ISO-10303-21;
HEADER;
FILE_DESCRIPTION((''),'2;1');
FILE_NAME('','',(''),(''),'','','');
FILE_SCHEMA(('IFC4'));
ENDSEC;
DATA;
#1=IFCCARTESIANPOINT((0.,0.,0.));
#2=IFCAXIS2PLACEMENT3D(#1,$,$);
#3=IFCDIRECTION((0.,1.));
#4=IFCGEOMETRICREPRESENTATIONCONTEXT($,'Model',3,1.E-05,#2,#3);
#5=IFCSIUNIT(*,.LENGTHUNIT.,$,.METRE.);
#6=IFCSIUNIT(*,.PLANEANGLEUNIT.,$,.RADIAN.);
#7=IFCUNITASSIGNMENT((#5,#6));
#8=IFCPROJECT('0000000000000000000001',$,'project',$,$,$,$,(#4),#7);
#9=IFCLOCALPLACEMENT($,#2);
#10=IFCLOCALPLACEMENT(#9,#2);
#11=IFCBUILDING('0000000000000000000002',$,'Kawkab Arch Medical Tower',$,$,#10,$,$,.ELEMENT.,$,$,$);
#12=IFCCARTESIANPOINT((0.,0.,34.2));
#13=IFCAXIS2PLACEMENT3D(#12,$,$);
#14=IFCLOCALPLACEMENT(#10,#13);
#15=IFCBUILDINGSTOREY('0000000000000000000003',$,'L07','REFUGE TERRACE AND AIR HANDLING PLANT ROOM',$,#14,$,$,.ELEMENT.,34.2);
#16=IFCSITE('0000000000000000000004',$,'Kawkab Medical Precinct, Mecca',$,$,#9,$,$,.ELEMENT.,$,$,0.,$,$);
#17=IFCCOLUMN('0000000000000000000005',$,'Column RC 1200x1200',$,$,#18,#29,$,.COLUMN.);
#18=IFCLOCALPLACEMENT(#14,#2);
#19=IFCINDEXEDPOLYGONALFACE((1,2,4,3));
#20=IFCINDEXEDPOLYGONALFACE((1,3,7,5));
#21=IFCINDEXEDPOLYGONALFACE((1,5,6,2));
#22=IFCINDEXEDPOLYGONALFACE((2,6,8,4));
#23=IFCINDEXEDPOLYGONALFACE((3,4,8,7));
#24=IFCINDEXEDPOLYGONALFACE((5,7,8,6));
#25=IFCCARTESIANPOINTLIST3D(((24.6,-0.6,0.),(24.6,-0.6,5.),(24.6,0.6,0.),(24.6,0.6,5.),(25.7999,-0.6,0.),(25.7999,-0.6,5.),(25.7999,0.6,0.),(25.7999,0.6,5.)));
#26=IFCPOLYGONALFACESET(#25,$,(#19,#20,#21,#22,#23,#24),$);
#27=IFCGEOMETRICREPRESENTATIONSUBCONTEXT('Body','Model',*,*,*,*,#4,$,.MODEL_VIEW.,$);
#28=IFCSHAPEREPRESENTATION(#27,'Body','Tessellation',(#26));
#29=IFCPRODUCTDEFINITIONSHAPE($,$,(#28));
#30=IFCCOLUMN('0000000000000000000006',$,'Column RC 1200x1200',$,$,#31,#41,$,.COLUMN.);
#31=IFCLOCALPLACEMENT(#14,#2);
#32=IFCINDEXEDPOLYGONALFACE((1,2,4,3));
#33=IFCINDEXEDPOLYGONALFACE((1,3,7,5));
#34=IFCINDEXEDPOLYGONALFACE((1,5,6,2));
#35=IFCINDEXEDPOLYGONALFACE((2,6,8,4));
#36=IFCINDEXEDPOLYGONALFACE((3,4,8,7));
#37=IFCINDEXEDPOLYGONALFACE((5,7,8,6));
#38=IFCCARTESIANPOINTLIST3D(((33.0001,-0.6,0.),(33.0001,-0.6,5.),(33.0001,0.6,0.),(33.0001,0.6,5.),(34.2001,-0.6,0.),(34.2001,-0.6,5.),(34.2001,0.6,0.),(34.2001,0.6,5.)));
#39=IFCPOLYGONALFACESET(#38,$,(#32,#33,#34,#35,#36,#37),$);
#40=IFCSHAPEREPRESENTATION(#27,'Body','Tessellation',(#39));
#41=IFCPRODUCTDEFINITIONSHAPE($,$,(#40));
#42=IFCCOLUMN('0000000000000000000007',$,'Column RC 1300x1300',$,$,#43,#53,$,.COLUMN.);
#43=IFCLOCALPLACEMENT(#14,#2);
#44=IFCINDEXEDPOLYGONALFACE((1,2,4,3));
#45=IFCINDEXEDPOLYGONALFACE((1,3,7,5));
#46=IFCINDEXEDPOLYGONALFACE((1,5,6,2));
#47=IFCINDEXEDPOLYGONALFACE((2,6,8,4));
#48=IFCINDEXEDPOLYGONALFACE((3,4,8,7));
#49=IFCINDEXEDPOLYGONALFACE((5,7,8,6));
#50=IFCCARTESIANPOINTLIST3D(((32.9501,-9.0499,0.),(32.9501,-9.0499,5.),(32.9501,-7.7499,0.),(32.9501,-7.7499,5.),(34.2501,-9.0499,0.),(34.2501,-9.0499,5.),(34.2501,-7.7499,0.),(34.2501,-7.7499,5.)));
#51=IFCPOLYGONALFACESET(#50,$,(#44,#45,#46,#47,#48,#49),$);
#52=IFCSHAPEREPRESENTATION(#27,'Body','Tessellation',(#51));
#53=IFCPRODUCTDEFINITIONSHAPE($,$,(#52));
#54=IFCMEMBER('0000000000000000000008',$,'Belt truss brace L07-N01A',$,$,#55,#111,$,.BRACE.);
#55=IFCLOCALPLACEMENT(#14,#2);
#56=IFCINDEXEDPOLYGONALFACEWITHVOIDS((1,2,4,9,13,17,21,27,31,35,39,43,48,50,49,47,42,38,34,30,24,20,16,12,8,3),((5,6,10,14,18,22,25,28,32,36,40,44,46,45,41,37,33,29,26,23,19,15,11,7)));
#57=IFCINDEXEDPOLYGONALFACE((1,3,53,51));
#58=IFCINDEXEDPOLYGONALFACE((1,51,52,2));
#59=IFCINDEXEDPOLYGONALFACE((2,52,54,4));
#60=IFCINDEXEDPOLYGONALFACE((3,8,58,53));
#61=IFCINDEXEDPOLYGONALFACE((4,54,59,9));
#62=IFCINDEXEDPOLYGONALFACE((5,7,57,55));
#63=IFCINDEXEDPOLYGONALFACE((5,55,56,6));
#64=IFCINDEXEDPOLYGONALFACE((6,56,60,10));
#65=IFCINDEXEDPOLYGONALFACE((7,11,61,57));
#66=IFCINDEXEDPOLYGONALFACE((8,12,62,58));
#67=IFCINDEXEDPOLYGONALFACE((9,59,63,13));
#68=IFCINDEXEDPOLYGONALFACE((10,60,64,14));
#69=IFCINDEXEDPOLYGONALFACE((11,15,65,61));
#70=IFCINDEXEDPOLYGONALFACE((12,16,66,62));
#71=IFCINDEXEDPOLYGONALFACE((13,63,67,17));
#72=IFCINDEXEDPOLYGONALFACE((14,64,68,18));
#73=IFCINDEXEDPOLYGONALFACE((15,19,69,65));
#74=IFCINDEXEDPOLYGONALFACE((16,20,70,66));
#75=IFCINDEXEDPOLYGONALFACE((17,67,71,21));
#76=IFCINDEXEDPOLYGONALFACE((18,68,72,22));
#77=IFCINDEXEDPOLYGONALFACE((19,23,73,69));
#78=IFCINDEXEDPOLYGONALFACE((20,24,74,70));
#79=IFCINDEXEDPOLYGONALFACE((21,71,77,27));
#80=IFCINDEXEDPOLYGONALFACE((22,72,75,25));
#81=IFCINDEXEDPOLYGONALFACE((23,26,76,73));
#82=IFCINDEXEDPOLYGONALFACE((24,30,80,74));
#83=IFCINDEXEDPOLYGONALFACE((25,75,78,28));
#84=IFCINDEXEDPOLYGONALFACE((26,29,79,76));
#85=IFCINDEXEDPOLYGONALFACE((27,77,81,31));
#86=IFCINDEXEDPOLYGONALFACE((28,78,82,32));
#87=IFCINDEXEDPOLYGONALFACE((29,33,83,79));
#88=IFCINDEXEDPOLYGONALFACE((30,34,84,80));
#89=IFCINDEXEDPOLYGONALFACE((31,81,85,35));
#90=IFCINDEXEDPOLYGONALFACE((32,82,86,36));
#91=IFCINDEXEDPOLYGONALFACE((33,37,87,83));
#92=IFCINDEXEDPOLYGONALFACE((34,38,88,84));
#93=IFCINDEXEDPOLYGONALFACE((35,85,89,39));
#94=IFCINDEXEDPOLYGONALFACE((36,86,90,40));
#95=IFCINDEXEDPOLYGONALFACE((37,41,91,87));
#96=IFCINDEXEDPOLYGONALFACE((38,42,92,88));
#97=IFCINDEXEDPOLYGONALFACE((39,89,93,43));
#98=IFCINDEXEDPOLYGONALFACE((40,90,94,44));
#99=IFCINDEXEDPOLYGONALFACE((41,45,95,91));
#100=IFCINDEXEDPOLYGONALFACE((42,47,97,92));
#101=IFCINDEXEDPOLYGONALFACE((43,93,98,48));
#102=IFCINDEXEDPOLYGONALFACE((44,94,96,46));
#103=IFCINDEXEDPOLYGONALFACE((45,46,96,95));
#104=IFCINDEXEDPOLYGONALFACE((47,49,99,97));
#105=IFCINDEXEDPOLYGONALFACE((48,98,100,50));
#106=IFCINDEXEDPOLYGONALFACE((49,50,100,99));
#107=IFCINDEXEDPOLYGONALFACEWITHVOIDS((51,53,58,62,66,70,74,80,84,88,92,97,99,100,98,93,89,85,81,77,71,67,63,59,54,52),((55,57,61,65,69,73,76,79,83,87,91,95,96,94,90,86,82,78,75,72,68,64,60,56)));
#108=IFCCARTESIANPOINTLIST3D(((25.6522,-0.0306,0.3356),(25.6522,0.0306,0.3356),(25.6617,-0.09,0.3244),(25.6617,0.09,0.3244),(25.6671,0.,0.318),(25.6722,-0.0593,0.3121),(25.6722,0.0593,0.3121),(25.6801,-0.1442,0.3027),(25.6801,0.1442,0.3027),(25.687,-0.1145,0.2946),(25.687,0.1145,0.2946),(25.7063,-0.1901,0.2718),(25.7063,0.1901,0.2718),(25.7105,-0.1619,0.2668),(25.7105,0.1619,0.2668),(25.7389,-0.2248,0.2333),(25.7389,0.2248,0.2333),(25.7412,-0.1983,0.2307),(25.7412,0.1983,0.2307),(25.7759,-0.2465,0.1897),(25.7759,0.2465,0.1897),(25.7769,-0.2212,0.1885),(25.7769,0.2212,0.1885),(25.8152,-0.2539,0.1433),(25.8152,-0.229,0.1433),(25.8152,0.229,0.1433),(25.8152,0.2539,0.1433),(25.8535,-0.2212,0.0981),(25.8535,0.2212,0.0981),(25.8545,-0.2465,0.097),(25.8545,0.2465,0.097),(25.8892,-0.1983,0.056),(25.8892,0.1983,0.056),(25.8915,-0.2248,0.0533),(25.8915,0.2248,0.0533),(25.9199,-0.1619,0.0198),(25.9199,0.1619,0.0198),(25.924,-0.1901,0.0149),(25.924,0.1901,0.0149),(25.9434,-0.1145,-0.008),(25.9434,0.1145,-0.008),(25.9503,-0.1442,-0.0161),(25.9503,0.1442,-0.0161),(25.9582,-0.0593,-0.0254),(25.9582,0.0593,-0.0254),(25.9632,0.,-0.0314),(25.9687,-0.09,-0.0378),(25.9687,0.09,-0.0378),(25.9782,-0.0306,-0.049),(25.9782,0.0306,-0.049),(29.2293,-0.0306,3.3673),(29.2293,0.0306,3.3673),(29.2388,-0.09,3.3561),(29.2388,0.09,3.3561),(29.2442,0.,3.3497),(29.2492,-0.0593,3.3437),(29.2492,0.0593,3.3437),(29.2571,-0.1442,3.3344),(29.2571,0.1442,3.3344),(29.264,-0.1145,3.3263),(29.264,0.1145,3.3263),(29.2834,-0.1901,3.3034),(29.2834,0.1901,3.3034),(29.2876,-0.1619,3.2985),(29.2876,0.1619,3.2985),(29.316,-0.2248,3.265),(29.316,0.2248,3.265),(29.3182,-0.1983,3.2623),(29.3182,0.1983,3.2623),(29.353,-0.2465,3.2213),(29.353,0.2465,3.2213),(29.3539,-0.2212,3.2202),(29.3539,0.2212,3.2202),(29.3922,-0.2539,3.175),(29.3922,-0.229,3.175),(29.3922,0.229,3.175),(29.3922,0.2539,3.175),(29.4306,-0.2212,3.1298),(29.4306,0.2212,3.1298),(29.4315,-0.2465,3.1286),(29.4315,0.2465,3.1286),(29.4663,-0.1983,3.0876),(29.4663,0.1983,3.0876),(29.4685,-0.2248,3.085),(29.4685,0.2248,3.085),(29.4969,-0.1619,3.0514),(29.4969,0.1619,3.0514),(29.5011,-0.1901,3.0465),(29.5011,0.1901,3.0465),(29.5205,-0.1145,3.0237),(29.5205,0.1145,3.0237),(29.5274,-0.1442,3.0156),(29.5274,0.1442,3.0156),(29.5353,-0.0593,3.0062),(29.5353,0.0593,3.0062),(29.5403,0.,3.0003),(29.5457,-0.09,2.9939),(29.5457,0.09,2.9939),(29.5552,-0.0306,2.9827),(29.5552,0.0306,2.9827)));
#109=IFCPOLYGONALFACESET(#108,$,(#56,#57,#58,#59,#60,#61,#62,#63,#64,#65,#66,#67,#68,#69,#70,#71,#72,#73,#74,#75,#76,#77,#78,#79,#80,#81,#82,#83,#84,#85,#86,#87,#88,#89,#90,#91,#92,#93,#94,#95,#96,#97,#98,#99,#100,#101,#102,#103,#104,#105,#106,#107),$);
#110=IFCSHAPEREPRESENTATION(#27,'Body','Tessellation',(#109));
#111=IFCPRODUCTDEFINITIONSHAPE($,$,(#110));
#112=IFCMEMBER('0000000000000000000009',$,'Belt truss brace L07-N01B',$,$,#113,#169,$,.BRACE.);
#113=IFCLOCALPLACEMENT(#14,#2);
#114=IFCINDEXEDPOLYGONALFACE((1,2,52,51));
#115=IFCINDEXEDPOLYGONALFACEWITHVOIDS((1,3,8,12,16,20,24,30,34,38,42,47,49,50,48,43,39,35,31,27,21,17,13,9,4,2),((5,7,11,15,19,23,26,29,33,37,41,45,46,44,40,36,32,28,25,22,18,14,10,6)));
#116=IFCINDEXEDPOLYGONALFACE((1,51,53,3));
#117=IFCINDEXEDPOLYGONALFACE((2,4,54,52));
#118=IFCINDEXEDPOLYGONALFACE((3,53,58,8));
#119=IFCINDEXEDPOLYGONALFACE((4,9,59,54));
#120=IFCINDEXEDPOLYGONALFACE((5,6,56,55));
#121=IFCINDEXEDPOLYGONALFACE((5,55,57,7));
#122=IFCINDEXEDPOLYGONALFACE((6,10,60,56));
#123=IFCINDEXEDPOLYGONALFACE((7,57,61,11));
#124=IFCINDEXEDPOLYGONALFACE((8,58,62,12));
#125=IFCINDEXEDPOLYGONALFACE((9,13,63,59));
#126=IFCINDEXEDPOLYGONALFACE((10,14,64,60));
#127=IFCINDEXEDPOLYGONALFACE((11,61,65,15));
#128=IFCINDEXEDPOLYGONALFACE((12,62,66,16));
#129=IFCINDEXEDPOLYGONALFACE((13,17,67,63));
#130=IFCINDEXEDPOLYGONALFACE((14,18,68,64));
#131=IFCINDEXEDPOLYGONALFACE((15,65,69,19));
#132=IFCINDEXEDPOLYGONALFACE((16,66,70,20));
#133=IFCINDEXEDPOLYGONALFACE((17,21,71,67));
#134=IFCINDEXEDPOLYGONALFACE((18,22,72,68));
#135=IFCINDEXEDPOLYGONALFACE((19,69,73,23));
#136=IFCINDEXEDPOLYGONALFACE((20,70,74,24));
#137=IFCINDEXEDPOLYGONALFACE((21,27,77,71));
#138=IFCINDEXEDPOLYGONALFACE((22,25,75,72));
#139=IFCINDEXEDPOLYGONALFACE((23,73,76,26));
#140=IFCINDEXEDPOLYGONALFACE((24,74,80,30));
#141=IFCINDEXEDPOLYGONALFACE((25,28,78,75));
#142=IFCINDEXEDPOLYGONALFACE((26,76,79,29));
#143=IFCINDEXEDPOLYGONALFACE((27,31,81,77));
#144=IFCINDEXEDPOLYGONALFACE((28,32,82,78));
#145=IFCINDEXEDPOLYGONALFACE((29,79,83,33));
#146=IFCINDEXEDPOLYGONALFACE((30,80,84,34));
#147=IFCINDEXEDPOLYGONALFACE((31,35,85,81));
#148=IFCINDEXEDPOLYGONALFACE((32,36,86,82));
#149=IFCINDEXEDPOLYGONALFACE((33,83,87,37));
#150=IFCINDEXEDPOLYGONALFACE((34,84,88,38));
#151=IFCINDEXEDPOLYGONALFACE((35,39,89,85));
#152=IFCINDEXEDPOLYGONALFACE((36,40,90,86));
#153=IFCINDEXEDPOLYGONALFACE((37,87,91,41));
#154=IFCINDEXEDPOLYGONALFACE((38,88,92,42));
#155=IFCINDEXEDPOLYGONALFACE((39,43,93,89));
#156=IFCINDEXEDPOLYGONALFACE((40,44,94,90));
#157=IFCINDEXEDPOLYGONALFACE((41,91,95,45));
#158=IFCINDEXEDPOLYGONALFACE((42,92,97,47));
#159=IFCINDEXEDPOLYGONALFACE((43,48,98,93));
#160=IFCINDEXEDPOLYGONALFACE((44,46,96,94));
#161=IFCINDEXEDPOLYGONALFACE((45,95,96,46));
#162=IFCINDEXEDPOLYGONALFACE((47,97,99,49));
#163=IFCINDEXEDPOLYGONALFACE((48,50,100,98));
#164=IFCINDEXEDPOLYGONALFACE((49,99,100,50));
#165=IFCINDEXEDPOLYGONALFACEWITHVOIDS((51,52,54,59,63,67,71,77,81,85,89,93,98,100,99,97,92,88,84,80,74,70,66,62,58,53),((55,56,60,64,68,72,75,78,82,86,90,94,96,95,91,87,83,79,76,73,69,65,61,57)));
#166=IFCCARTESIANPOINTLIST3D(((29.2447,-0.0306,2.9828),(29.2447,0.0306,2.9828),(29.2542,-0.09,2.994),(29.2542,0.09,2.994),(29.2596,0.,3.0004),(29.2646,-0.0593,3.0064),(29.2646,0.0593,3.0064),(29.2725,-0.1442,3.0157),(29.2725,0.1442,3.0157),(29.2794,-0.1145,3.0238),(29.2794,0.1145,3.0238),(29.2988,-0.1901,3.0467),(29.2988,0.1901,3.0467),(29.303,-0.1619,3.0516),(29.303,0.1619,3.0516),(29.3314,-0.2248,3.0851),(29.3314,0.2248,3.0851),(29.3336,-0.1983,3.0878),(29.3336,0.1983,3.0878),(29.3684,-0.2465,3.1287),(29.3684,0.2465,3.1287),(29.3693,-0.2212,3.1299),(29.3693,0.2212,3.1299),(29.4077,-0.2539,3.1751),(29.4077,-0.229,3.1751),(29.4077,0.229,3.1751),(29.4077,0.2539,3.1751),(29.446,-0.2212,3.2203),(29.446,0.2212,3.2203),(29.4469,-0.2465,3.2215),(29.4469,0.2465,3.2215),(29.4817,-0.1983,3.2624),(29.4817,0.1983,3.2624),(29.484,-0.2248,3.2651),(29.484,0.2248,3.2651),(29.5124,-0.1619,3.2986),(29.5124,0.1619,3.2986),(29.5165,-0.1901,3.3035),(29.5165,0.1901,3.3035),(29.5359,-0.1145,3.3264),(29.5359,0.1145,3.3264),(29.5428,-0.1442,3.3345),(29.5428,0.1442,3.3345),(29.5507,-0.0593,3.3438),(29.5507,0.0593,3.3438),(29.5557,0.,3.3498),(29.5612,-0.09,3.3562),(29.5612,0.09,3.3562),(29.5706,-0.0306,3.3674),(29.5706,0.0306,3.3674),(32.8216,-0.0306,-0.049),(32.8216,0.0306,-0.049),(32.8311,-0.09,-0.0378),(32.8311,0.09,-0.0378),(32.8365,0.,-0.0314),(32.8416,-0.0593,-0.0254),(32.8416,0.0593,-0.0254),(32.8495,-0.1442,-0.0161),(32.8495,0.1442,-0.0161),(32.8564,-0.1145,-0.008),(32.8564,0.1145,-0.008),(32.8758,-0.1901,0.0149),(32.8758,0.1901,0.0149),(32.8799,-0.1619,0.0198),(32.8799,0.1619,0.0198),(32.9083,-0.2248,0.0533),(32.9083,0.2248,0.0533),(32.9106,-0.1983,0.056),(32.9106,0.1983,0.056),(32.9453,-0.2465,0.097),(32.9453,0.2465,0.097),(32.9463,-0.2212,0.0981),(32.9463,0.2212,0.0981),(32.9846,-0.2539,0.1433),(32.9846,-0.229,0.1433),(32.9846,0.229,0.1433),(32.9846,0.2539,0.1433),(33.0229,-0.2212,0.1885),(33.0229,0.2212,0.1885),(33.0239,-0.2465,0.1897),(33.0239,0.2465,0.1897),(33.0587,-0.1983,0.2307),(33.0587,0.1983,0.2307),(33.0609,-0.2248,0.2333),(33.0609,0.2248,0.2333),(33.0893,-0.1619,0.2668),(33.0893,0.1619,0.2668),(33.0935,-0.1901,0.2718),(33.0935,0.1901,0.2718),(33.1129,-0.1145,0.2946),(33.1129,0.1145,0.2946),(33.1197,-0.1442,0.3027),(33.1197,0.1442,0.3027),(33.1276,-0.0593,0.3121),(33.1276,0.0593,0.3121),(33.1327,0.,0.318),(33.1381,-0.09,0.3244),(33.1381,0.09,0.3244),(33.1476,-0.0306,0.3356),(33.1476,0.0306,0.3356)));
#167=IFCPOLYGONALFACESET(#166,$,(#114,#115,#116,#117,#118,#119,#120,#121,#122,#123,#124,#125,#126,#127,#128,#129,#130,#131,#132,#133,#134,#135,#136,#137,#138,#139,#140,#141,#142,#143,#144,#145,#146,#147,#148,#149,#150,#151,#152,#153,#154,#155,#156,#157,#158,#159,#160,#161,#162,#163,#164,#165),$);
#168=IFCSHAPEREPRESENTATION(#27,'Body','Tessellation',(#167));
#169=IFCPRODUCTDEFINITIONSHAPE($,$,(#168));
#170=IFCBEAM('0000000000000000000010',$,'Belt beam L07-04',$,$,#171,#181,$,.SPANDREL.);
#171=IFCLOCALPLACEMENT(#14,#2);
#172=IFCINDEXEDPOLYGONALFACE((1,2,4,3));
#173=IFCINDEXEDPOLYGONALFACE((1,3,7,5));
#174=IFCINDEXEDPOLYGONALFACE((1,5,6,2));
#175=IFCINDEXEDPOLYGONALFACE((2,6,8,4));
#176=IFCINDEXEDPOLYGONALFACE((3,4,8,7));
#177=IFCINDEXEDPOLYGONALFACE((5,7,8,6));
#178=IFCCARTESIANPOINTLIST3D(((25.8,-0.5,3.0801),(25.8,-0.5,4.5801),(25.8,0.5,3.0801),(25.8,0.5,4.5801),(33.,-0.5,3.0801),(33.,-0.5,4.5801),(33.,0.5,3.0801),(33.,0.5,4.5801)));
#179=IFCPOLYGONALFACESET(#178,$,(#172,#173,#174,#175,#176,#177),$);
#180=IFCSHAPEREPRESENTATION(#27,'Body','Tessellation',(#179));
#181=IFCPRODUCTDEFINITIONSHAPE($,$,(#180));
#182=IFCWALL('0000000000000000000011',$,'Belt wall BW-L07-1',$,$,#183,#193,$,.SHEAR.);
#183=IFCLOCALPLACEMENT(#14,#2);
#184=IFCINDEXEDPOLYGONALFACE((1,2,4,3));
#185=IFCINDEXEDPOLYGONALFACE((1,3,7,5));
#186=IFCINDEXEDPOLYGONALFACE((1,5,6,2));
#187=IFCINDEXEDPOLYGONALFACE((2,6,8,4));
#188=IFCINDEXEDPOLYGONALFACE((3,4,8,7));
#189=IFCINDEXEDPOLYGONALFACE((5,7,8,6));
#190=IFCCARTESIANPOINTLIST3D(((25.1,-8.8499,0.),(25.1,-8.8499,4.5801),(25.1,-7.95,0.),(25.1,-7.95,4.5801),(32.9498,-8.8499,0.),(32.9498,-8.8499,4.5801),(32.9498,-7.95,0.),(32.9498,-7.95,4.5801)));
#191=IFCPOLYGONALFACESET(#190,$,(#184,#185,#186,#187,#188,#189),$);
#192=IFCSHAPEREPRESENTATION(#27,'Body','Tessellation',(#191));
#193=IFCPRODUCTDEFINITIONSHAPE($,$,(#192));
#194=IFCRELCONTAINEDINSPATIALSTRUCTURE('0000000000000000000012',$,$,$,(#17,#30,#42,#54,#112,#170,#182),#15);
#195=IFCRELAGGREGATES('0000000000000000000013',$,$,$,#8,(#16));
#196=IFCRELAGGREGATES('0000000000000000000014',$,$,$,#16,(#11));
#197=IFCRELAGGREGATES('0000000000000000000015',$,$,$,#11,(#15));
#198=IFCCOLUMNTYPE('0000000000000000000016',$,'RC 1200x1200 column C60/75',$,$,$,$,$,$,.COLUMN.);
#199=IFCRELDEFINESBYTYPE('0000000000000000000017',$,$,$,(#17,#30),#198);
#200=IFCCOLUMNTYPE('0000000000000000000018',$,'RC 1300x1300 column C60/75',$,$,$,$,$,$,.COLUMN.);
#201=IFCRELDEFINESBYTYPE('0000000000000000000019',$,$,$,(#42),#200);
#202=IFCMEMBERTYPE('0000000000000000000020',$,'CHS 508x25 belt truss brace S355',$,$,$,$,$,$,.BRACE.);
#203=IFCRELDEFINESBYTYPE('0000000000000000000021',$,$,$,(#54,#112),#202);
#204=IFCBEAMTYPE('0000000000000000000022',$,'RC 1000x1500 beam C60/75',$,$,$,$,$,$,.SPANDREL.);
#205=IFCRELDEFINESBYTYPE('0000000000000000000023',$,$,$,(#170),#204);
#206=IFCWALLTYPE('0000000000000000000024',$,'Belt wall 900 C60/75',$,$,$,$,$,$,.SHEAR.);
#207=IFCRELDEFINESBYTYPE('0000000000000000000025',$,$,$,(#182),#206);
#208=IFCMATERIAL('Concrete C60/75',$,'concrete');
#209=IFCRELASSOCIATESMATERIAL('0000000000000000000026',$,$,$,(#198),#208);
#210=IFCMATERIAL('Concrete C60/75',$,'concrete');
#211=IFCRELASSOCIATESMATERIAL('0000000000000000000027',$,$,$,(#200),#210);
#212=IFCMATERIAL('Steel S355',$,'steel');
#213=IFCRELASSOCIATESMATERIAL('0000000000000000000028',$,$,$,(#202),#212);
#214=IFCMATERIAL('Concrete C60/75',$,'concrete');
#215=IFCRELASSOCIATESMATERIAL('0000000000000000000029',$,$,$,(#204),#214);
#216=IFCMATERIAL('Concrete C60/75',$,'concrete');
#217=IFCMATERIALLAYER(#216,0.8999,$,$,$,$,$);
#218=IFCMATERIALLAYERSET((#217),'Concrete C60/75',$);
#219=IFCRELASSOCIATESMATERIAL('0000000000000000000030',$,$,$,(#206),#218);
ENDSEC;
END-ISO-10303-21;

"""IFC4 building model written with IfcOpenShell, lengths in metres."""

from ifc_helpers import new_model, si_unit, direction, frame, frame_2d, origin, origin_2d, place, context, subcontext, project, spatial, rectangle, hollow_circle, extrude, material, layer, layer_set, material_profile, profile_set, type_object, element, save


model = new_model("IFC4")

# Units and contexts
model_context = context("Model", 3, precision=1e-05, world=origin(), true_north=direction((0.0, 1.0)))
body_context = subcontext(model_context, "Body", "Model", "MODEL_VIEW")
ifc_project = project(units=[si_unit("LENGTHUNIT", "METRE"), si_unit("PLANEANGLEUNIT", "RADIAN")], contexts=[model_context])

# Site, building, storey
site_placement = place(None, origin())
site = spatial("IfcSite", under=ifc_project, at=site_placement, Name="Kawkab Medical Precinct, Mecca", CompositionType="ELEMENT", RefElevation=0.0)
building_placement = place(site_placement, origin())
building = spatial("IfcBuilding", under=site, at=building_placement, Name="Kawkab Arch Medical Tower", CompositionType="ELEMENT")
storey_placement = place(building_placement, frame((0.0, 0.0, 34.2)))
storey = spatial("IfcBuildingStorey", under=building, at=storey_placement, Name="L07", Description="REFUGE TERRACE AND AIR HANDLING PLANT ROOM", CompositionType="ELEMENT", Elevation=34.2)

# Columns
ifc_material_1 = material(Name="Concrete C60/75", Category="concrete")
ifc_material_profile_1 = material_profile(ifc_material_1, rectangle(XDim=1.2, YDim=1.2, at=origin_2d()), Name="RC 1200x1200")
ifc_profile_set_1 = profile_set([ifc_material_profile_1], Name="Concrete C60/75")
column_type_1 = type_object("IfcColumnType", Name="RC 1200x1200 column C60/75", PredefinedType="COLUMN", material=ifc_profile_set_1)
for number, where, z_axis, x_axis, name in (
    (1, (25.2, 0.0, 0.0), (0.0, 0.0, 1.0), (1.0, 0.0, 0.0), "Column RC 1200x1200"),
    (2, (33.6001, 0.0, 0.0), (0.0, 0.0, 1.0), (1.0, 0.0, 0.0), "Column RC 1200x1200"),
):
    element("IfcColumn", number, at=place(storey_placement, frame(where, z_axis=z_axis, x_axis=x_axis)), inside=storey, type_object=column_type_1, Name=name, PredefinedType="COLUMN", context=body_context, shape_type="SweptSolid", body=[
        extrude(rectangle(XDim=1.2, YDim=1.2, at=origin_2d()), origin(), (0.0, 0.0, 1.0), 5.0),
    ])
ifc_material_2 = material(Name="Concrete C60/75", Category="concrete")
ifc_material_profile_2 = material_profile(ifc_material_2, rectangle(XDim=1.3, YDim=1.3, at=origin_2d()), Name="RC 1300x1300")
ifc_profile_set_2 = profile_set([ifc_material_profile_2], Name="Concrete C60/75")
column_type_2 = type_object("IfcColumnType", Name="RC 1300x1300 column C60/75", PredefinedType="COLUMN", material=ifc_profile_set_2)
column_placement = place(storey_placement, frame((33.6001, -8.3999, 0.0), z_axis=(0.0, 0.0, 1.0), x_axis=(1.0, 0.0, 0.0)))
element("IfcColumn", 3, at=column_placement, inside=storey, type_object=column_type_2, Name="Column RC 1300x1300", PredefinedType="COLUMN", context=body_context, shape_type="SweptSolid", body=[
    extrude(rectangle(XDim=1.3, YDim=1.3, at=origin_2d()), origin(), (0.0, 0.0, 1.0), 5.0),
])

# Members
ifc_material_3 = material(Name="Steel S355", Category="steel")
ifc_material_profile_3 = material_profile(ifc_material_3, hollow_circle(Radius=0.2539, WallThickness=0.0249, at=origin_2d()), Name="CHS 508x25")
ifc_profile_set_3 = profile_set([ifc_material_profile_3], Name="Steel S355")
member_type = type_object("IfcMemberType", Name="CHS 508x25 belt truss brace S355", PredefinedType="BRACE", material=ifc_profile_set_3)
for number, where, z_axis, x_axis, name in (
    (4, (25.8152, 0.0, 0.1433), (0.762869, 0.0, 0.646554), (0.0, 1.0, 0.0), "Belt truss brace L07-N01A"),
    (5, (32.9846, 0.0, 0.1433), (-0.762847, 0.0, 0.646579), (0.0, -1.0, 0.0), "Belt truss brace L07-N01B"),
):
    element("IfcMember", number, at=place(storey_placement, frame(where, z_axis=z_axis, x_axis=x_axis)), inside=storey, type_object=member_type, Name=name, PredefinedType="BRACE", context=body_context, shape_type="SweptSolid", body=[
        extrude(hollow_circle(Radius=0.2539, WallThickness=0.0249, at=origin_2d()), origin(), (0.0, 0.0, 1.0), 4.689),
    ])

# Beam
ifc_material_4 = material(Name="Concrete C60/75", Category="concrete")
ifc_material_profile_4 = material_profile(ifc_material_4, rectangle(XDim=1.0, YDim=1.5, at=origin_2d()), Name="RC 1000x1500")
ifc_profile_set_4 = profile_set([ifc_material_profile_4], Name="Concrete C60/75")
beam_type = type_object("IfcBeamType", Name="RC 1000x1500 beam C60/75", PredefinedType="SPANDREL", material=ifc_profile_set_4)
beam_placement = place(storey_placement, frame((25.8, 0.0, 3.8301), z_axis=(1.0, 0.0, 0.0), x_axis=(0.0, 1.0, 0.0)))
element("IfcBeam", 6, at=beam_placement, inside=storey, type_object=beam_type, Name="Belt beam L07-04", PredefinedType="SPANDREL", context=body_context, shape_type="SweptSolid", body=[
    extrude(rectangle(XDim=1.0, YDim=1.5, at=origin_2d()), origin(), (0.0, 0.0, 1.0), 7.2),
])

# Wall
ifc_material_5 = material(Name="Concrete C60/75", Category="concrete")
ifc_layer_1 = layer(ifc_material_5, 0.8999)
ifc_layer_set_1 = layer_set([ifc_layer_1], Name="Concrete C60/75")
wall_type_1 = type_object("IfcWallType", Name="Belt wall 900 C60/75", PredefinedType="SHEAR", material=ifc_layer_set_1)
wall_1_placement = place(storey_placement, frame((25.1001, -8.3999, 0.0), z_axis=(0.0, 0.0, 1.0), x_axis=(1.0, 0.0, 0.0)))
element("IfcWall", 7, at=wall_1_placement, inside=storey, type_object=wall_type_1, Name="Belt wall BW-L07-1", PredefinedType="SHEAR", context=body_context, shape_type="SweptSolid", body=[
    extrude(rectangle(XDim=7.8499, YDim=0.8999, at=frame_2d((3.9248, 0.0))), origin(), (0.0, 0.0, 1.0), 4.5801),
])

save(model, "model.ifc")
